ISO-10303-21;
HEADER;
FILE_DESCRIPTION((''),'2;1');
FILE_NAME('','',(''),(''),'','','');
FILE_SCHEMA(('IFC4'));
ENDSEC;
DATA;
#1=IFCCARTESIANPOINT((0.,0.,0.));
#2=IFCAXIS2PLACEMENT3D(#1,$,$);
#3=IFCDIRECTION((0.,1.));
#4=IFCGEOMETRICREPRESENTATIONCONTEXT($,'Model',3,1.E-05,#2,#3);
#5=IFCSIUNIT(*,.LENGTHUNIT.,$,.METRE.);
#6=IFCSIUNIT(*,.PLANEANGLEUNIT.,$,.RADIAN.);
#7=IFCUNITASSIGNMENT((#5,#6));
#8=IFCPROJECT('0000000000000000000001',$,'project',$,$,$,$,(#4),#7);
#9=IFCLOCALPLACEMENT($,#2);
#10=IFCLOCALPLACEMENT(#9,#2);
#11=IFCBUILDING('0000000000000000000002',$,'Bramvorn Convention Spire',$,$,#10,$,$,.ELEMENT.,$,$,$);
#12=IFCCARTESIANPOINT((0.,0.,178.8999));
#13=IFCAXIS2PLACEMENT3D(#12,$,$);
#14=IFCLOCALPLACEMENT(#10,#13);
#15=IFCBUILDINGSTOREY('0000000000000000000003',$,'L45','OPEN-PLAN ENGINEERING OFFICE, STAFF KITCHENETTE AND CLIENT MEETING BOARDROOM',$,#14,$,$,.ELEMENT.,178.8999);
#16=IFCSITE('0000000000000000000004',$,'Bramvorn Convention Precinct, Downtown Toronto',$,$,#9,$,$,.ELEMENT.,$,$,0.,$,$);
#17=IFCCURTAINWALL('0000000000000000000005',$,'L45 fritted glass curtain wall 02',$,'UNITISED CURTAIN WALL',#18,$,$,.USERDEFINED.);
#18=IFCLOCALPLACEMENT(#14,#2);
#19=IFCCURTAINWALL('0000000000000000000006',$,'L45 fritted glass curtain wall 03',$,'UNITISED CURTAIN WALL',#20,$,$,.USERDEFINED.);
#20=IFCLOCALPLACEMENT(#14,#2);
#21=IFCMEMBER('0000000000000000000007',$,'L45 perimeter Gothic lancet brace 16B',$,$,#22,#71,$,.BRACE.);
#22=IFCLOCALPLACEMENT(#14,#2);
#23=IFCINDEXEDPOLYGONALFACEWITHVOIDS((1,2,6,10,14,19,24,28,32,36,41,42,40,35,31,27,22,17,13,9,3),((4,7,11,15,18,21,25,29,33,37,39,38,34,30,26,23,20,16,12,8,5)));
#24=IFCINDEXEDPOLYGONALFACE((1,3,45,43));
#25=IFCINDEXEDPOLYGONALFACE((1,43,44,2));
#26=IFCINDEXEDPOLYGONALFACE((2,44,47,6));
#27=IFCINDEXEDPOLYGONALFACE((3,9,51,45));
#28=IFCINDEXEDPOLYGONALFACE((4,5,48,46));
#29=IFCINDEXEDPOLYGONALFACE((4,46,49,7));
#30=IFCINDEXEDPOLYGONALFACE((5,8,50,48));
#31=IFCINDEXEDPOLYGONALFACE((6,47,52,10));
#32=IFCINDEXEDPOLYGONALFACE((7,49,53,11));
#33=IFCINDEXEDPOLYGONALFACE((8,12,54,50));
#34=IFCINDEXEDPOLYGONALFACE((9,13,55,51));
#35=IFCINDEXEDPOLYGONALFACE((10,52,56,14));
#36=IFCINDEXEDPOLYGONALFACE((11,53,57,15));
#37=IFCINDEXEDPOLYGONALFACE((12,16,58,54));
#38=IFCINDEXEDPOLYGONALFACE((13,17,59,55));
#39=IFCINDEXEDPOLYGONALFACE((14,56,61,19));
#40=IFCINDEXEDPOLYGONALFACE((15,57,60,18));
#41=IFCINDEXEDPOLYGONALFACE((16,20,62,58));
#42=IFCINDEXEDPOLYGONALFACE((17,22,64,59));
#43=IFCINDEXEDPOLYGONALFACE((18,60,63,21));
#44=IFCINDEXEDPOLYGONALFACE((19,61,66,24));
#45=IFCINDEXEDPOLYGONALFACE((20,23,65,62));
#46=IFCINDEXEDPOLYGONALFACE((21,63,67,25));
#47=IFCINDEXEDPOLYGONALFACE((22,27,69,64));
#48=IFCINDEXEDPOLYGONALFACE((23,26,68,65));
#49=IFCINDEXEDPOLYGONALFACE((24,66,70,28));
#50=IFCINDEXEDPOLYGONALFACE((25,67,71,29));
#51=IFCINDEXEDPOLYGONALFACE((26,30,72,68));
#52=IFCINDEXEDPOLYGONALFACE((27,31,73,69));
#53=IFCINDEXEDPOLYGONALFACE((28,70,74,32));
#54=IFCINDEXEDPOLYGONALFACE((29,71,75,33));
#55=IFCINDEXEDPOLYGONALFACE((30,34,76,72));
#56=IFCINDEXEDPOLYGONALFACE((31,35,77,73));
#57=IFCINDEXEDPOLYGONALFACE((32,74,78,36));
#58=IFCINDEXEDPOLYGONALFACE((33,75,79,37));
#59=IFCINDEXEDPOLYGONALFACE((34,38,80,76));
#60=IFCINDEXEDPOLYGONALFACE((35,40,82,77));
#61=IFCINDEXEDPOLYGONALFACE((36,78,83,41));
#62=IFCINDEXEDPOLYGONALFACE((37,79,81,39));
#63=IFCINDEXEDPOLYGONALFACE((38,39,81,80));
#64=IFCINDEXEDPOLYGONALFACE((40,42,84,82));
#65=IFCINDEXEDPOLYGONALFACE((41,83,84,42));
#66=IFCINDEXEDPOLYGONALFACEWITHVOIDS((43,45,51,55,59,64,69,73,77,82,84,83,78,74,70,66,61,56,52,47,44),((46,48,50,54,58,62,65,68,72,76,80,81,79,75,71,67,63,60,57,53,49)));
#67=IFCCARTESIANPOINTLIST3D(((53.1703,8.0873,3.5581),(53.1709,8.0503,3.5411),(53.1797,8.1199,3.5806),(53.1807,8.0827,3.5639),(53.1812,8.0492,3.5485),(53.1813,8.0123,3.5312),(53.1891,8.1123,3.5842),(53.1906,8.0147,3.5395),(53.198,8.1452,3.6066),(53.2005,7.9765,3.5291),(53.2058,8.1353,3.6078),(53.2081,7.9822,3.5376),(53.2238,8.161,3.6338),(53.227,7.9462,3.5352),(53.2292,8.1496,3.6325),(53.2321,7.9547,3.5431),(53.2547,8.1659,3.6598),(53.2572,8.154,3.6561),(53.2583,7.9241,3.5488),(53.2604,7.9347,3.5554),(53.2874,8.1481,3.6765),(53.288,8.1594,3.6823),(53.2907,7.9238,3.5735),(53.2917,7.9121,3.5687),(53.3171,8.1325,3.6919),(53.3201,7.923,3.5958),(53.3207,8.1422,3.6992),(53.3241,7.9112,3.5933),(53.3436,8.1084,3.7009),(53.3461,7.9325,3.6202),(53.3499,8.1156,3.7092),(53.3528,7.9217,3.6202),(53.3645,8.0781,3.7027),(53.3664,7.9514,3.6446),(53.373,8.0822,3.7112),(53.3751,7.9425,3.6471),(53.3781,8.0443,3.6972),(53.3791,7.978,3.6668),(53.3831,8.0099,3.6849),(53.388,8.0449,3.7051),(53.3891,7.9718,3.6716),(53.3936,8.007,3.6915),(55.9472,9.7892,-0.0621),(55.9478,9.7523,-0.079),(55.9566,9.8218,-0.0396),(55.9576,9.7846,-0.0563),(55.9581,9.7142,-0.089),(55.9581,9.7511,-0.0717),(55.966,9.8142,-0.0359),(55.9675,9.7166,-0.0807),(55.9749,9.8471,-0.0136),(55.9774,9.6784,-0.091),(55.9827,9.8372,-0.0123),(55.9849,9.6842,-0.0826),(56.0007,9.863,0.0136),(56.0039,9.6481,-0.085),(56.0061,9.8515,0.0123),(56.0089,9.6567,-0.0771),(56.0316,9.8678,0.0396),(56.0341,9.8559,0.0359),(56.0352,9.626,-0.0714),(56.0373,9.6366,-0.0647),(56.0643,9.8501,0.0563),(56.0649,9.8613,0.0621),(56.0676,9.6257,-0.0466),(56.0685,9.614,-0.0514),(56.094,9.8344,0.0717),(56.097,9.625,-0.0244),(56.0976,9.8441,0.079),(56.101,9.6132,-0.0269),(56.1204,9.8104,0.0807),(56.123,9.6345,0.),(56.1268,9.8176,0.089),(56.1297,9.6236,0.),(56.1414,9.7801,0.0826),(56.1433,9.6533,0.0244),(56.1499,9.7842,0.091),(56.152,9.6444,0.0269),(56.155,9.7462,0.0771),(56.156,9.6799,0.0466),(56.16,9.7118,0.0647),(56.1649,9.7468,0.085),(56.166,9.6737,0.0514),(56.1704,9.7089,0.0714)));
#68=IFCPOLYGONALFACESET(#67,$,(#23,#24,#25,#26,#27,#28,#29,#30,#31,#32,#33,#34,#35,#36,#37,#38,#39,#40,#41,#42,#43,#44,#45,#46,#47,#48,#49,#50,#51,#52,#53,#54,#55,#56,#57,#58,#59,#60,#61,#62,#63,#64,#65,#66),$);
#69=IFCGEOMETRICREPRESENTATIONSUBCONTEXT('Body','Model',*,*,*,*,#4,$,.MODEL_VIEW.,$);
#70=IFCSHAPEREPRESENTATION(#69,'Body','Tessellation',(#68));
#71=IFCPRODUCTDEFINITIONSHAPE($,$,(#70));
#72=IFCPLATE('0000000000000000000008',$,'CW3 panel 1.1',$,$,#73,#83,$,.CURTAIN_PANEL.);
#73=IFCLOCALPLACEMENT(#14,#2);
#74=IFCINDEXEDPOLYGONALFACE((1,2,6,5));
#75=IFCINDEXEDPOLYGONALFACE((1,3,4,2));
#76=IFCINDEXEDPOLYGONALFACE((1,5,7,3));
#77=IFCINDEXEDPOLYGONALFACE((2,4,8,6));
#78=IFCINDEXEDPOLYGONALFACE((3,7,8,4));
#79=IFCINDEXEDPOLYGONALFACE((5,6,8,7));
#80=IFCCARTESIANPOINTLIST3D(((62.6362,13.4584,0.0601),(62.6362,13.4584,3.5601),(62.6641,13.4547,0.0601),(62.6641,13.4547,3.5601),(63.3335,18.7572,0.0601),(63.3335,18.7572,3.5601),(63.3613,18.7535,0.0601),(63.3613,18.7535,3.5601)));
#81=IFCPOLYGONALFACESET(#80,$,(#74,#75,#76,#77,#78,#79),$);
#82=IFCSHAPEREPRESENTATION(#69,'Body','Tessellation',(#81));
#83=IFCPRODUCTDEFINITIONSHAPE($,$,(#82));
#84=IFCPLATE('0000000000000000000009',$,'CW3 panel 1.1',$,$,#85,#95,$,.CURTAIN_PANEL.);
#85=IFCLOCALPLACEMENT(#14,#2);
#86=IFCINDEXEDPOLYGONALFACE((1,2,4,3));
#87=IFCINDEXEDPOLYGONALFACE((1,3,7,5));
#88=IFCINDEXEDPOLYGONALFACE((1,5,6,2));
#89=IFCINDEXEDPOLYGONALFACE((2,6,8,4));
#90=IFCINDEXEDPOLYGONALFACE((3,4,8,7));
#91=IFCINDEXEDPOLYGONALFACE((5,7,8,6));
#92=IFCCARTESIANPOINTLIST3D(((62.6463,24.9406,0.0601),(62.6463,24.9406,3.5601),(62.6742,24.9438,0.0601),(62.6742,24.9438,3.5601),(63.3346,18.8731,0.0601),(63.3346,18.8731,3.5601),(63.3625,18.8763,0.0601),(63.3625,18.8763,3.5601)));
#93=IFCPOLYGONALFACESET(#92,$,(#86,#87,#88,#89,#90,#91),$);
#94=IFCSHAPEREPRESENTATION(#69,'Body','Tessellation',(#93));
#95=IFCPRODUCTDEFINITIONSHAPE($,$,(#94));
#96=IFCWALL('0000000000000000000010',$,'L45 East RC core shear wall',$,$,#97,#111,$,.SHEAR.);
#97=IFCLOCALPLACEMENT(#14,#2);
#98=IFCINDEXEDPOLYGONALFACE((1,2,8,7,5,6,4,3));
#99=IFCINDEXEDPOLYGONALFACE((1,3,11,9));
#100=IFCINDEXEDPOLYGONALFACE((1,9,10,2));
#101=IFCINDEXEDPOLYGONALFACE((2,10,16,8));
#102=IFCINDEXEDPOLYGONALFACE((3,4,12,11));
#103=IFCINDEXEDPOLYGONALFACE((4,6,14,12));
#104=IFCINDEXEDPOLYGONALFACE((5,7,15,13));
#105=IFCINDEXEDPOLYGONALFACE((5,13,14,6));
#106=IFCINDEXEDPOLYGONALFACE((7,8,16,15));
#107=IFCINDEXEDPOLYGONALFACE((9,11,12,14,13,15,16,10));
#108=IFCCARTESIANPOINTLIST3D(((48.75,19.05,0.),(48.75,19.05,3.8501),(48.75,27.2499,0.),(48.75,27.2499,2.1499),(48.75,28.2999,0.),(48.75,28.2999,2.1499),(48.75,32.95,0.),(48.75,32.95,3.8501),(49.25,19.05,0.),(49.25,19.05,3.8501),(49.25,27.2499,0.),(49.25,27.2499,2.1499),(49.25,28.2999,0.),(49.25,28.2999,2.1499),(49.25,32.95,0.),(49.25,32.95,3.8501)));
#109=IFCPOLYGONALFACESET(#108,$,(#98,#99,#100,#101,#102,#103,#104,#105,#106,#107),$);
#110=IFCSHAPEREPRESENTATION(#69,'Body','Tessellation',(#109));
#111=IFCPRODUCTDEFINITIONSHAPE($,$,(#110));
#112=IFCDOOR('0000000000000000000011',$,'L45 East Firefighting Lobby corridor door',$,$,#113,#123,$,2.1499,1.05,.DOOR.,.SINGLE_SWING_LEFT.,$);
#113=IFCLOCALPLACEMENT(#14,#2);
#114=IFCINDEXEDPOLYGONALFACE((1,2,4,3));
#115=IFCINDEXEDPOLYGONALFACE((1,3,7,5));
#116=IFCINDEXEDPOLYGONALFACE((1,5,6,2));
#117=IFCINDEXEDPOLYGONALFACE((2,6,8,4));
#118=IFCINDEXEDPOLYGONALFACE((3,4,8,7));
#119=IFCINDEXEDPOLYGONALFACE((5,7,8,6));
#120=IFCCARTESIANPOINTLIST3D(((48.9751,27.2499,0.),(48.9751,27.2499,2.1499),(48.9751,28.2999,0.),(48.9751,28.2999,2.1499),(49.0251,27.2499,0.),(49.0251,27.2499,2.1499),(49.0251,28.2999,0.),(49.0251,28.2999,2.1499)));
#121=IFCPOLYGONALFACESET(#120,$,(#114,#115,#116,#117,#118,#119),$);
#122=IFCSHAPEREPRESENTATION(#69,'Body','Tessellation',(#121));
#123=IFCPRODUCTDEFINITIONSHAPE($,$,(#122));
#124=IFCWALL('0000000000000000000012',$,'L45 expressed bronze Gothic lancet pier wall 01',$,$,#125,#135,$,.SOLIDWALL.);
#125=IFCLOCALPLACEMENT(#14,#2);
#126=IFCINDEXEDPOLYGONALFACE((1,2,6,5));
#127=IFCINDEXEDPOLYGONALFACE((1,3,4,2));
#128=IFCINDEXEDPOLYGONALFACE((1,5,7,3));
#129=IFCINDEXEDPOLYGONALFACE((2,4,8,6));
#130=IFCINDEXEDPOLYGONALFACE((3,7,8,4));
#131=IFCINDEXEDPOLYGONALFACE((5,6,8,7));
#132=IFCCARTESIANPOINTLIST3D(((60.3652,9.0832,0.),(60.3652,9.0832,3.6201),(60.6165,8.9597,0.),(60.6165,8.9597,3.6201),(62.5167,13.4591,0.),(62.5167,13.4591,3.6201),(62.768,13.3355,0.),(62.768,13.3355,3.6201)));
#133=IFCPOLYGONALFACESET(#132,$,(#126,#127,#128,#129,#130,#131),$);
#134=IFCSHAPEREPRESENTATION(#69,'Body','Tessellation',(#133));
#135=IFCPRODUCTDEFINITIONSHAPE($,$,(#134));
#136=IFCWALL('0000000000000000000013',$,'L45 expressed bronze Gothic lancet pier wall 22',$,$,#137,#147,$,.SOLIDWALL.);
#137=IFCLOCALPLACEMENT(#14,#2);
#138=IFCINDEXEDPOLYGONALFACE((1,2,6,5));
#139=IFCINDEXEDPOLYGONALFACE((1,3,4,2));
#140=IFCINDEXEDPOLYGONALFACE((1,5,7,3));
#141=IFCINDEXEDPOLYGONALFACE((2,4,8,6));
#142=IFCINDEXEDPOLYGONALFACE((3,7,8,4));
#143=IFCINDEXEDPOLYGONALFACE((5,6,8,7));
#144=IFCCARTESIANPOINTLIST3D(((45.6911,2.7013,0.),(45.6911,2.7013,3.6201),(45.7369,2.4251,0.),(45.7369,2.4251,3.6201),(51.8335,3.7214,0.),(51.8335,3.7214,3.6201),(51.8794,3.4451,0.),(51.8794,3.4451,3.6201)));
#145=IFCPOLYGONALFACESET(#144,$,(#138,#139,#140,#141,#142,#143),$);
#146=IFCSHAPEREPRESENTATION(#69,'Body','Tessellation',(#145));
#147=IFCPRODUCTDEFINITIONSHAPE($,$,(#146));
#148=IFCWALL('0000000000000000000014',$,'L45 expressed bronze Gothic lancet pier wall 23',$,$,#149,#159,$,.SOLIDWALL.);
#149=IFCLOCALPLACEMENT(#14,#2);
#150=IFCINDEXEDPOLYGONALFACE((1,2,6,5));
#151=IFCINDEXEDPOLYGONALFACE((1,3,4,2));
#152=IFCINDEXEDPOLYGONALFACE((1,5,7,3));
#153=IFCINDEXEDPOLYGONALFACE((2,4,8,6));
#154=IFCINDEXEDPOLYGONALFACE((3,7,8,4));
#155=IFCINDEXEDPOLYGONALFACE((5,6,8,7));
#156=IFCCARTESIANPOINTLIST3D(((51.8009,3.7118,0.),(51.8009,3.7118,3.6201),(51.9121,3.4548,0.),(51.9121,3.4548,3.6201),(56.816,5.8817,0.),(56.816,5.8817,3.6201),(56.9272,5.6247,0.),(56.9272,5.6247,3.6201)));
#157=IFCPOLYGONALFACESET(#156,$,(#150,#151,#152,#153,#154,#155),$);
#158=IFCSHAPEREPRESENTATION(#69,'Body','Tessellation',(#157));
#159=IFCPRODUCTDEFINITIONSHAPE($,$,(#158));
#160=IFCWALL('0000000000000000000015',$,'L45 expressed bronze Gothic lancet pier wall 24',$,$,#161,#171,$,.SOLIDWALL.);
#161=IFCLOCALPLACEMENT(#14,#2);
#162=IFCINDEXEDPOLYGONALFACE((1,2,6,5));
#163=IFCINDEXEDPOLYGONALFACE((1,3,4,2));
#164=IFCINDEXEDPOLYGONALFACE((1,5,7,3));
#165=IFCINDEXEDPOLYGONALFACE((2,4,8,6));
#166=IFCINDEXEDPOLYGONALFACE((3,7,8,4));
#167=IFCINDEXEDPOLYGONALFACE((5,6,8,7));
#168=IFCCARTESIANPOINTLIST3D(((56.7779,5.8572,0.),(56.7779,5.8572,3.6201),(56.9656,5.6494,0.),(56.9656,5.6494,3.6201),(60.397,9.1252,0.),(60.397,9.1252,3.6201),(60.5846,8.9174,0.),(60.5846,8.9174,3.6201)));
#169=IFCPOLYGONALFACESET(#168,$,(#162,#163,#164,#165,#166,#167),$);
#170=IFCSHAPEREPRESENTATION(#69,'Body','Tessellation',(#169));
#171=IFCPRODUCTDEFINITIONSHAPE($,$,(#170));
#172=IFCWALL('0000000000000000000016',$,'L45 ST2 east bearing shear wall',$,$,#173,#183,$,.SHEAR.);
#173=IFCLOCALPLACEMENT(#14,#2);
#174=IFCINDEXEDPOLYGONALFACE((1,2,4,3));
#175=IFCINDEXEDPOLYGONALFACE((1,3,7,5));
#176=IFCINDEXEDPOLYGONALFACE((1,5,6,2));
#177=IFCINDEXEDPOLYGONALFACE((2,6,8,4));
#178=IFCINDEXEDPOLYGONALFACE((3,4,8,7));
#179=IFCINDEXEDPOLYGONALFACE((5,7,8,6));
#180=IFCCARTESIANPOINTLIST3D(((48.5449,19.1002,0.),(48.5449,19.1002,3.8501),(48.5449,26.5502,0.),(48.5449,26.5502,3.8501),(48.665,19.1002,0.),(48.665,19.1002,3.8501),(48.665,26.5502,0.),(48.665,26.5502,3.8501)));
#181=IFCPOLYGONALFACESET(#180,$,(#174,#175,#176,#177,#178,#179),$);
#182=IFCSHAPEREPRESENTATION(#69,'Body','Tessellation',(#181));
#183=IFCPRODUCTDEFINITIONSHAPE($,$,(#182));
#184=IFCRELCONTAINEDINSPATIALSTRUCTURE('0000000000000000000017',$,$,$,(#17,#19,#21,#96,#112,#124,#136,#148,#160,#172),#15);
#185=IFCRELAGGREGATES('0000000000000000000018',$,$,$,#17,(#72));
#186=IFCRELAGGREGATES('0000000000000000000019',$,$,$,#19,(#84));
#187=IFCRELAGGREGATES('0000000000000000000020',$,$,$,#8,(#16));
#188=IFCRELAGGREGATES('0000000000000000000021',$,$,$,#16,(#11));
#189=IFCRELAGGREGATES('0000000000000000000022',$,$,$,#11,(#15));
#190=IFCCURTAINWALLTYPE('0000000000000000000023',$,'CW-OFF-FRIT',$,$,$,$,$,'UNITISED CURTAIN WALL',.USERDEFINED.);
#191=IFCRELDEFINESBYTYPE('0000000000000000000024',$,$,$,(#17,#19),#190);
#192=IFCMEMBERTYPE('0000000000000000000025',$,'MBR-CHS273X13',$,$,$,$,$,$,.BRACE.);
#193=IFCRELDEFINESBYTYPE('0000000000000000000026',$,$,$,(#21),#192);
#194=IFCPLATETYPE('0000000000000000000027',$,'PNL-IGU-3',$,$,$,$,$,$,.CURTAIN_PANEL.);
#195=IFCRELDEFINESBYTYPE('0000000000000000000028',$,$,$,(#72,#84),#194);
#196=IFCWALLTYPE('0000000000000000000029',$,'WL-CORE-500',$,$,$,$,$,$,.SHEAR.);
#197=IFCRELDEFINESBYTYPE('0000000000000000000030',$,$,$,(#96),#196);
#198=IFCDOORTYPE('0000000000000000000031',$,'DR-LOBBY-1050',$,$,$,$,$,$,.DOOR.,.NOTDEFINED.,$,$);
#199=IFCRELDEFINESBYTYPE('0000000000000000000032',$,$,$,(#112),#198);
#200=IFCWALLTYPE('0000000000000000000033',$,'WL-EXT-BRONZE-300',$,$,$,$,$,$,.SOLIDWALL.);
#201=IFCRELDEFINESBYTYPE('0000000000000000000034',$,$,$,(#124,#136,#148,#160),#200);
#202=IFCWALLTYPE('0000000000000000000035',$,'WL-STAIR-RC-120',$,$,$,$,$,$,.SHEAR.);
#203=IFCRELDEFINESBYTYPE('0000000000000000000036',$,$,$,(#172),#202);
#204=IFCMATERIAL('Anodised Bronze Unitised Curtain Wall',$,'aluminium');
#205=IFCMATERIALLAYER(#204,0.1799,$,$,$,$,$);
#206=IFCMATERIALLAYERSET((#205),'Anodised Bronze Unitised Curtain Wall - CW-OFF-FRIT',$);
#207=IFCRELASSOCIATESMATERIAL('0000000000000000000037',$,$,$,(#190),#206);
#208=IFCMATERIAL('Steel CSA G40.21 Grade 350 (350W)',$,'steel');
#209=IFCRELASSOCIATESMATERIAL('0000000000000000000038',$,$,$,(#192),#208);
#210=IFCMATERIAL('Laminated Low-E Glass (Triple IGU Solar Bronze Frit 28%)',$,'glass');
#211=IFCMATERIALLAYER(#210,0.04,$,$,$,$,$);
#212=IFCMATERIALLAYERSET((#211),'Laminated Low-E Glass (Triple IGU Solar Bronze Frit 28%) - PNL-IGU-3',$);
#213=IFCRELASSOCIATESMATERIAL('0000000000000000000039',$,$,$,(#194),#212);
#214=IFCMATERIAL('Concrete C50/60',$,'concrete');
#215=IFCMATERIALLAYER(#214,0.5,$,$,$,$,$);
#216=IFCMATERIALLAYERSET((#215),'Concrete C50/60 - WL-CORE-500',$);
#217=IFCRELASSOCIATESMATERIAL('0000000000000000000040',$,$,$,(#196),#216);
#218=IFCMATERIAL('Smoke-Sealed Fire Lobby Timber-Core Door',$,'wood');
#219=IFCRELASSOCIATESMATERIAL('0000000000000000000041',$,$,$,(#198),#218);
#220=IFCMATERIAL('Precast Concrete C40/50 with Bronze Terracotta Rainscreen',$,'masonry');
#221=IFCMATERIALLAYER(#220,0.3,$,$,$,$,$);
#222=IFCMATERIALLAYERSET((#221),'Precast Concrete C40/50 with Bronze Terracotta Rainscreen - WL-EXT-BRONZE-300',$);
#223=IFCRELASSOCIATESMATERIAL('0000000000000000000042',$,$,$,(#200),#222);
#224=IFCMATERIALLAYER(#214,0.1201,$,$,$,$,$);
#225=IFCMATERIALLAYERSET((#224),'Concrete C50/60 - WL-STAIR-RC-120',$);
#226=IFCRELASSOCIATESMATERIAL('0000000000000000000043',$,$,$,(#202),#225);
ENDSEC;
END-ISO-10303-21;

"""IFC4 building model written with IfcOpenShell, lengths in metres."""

from ifc_helpers import new_model, si_unit, direction, frame, frame_2d, origin, origin_2d, place, context, subcontext, project, spatial, rectangle, hollow_circle, extrude, material, layer, layer_set, material_profile, profile_set, type_object, element, fill, aggregate, save


model = new_model("IFC4")

# Units and contexts
model_context = context("Model", 3, precision=1e-05, world=origin(), true_north=direction((0.0, 1.0)))
body_context = subcontext(model_context, "Body", "Model", "MODEL_VIEW")
ifc_project = project(units=[si_unit("LENGTHUNIT", "METRE"), si_unit("PLANEANGLEUNIT", "RADIAN")], contexts=[model_context])

# Site, building, storey
site_placement = place(None, origin())
site = spatial("IfcSite", under=ifc_project, at=site_placement, Name="Bramvorn Convention Precinct, Downtown Toronto", CompositionType="ELEMENT", RefElevation=0.0)
building_placement = place(site_placement, origin())
building = spatial("IfcBuilding", under=site, at=building_placement, Name="Bramvorn Convention Spire", CompositionType="ELEMENT")
storey_placement = place(building_placement, frame((0.0, 0.0, 178.8999)))
storey = spatial("IfcBuildingStorey", under=building, at=storey_placement, Name="L45", Description="OPEN-PLAN ENGINEERING OFFICE, STAFF KITCHENETTE AND CLIENT MEETING BOARDROOM", CompositionType="ELEMENT", Elevation=178.8999)

# Shared definitions
ifc_material_1 = material(Name="Steel CSA G40.21 Grade 350 (350W)", Category="steel")

# Curtain wall
ifc_material_2 = material(Name="Anodised Bronze Unitised Curtain Wall", Category="aluminium")
ifc_layer_1 = layer(ifc_material_2, 0.1799)
ifc_layer_set_1 = layer_set([ifc_layer_1], Name="Anodised Bronze Unitised Curtain Wall - CW-OFF-FRIT")
curtain_wall_type = type_object("IfcCurtainWallType", Name="CW-OFF-FRIT", ElementType="UNITISED CURTAIN WALL", PredefinedType="USERDEFINED", material=ifc_layer_set_1)
curtain_wall_1_placement = place(storey_placement, origin())
curtain_wall_1 = element("IfcCurtainWall", 1, at=curtain_wall_1_placement, inside=storey, type_object=curtain_wall_type, Name="L45 fritted glass curtain wall 02", ObjectType="UNITISED CURTAIN WALL", PredefinedType="USERDEFINED")

# Curtain wall
curtain_wall_2_placement = place(storey_placement, origin())
curtain_wall_2 = element("IfcCurtainWall", 2, at=curtain_wall_2_placement, inside=storey, type_object=curtain_wall_type, Name="L45 fritted glass curtain wall 03", ObjectType="UNITISED CURTAIN WALL", PredefinedType="USERDEFINED")

# Member
ifc_material_profile_1 = material_profile(ifc_material_1, hollow_circle(Radius=0.1365, WallThickness=0.0127, at=origin_2d()))
ifc_profile_set_1 = profile_set([ifc_material_profile_1], Name="Steel CSA G40.21 Grade 350 (350W) - CHS273X13")
member_type_1 = type_object("IfcMemberType", Name="MBR-CHS273X13", PredefinedType="BRACE", material=ifc_profile_set_1)
for number, where, z_axis, x_axis, name in (
    (3, (56.0583, 9.74, 0.0), (-0.570247, -0.349498, 0.743417), (0.522553, -0.852607, 0.0), "L45 perimeter Gothic lancet brace 16B"),
):
    element("IfcMember", number, at=place(storey_placement, frame(where, z_axis=z_axis, x_axis=x_axis)), inside=storey, type_object=member_type_1, Name=name, PredefinedType="BRACE", context=body_context, shape_type="SweptSolid", body=[
        extrude(hollow_circle(Radius=0.1365, WallThickness=0.0127, at=origin_2d()), origin(), (0.0, 0.0, 1.0), 4.8696),
    ])

# Plates
ifc_material_3 = material(Name="Laminated Low-E Glass (Triple IGU Solar Bronze Frit 28%)", Category="glass")
ifc_layer_2 = layer(ifc_material_3, 0.04)
ifc_layer_set_2 = layer_set([ifc_layer_2], Name="Laminated Low-E Glass (Triple IGU Solar Bronze Frit 28%) - PNL-IGU-3")
plate_type = type_object("IfcPlateType", Name="PNL-IGU-3", PredefinedType="CURTAIN_PANEL", material=ifc_layer_set_2)
plate_1_placement = place(storey_placement, frame((62.9988, 16.106, 0.0601), z_axis=(0.0, 0.0, 1.0), x_axis=(-0.130458, -0.991454, 0.0)))
plate_1 = element("IfcPlate", 4, at=plate_1_placement, type_object=plate_type, Name="CW3 panel 1.1", PredefinedType="CURTAIN_PANEL", context=body_context, shape_type="SweptSolid", body=[
    extrude(rectangle(XDim=5.3445, YDim=0.0281, at=origin_2d()), origin(), (0.0, 0.0, 1.0), 3.5),
])
aggregate(curtain_wall_1, [plate_1])
plate_2_placement = place(storey_placement, frame((63.0044, 21.9084, 0.0601), z_axis=(0.0, 0.0, 1.0), x_axis=(0.112714, -0.993627, 0.0)))
plate_2 = element("IfcPlate", 5, at=plate_2_placement, type_object=plate_type, Name="CW3 panel 1.1", PredefinedType="CURTAIN_PANEL", context=body_context, shape_type="SweptSolid", body=[
    extrude(rectangle(XDim=6.1064, YDim=0.0281, at=origin_2d()), origin(), (0.0, 0.0, 1.0), 3.5),
])
aggregate(curtain_wall_2, [plate_2])

# Wall, opening, door
ifc_material_4 = material(Name="Concrete C50/60", Category="concrete")
ifc_layer_3 = layer(ifc_material_4, 0.5)
ifc_layer_set_3 = layer_set([ifc_layer_3], Name="Concrete C50/60 - WL-CORE-500")
wall_type_1 = type_object("IfcWallType", Name="WL-CORE-500", PredefinedType="SHEAR", material=ifc_layer_set_3)
wall_1_placement = place(storey_placement, frame((49.0, 19.05, 0.0), z_axis=(0.0, 0.0, 1.0), x_axis=(0.0, 1.0, 0.0)))
wall_1 = element("IfcWall", 6, at=wall_1_placement, inside=storey, type_object=wall_type_1, Name="L45 East RC core shear wall", PredefinedType="SHEAR", context=body_context, shape_type="SweptSolid", body=[
    extrude(rectangle(XDim=13.8999, YDim=0.5, at=frame_2d((6.95, 0.0))), origin(), (0.0, 0.0, 1.0), 3.8501),
])
opening_placement = place(wall_1_placement, frame((8.2, 0.0, 0.0)))
opening = element("IfcOpeningElement", 7, at=opening_placement, cuts=wall_1, PredefinedType="OPENING", context=body_context, shape_type="SweptSolid", body=[
    extrude(rectangle(XDim=1.05, YDim=2.1499, at=frame_2d((0.5249, 1.075))), frame((0.0, 0.26, 0.0), z_axis=(0.0, -1.0, 0.0), x_axis=(1.0, 0.0, 0.0)), (0.0, 0.0, 1.0), 0.52),
])
ifc_material_5 = material(Name="Smoke-Sealed Fire Lobby Timber-Core Door", Category="wood")
door_type = type_object("IfcDoorType", Name="DR-LOBBY-1050", OperationType="NOTDEFINED", PredefinedType="DOOR", material=ifc_material_5)
door_placement = place(opening_placement, origin())
door = element("IfcDoor", 8, at=door_placement, inside=storey, type_object=door_type, Name="L45 East Firefighting Lobby corridor door", OperationType="SINGLE_SWING_LEFT", OverallHeight=2.1499, OverallWidth=1.05, PredefinedType="DOOR", context=body_context, shape_type="SweptSolid", body=[
    extrude(rectangle(XDim=1.05, YDim=2.1499, at=frame_2d((0.5249, 1.075))), frame((0.0, 0.0249, 0.0), z_axis=(0.0, -1.0, 0.0), x_axis=(1.0, 0.0, 0.0)), (0.0, 0.0, 1.0), 0.05),
])
fill(opening, door)

# Walls
ifc_material_6 = material(Name="Precast Concrete C40/50 with Bronze Terracotta Rainscreen", Category="masonry")
ifc_layer_4 = layer(ifc_material_6, 0.3)
ifc_layer_set_4 = layer_set([ifc_layer_4], Name="Precast Concrete C40/50 with Bronze Terracotta Rainscreen - WL-EXT-BRONZE-300")
wall_type_2 = type_object("IfcWallType", Name="WL-EXT-BRONZE-300", PredefinedType="SOLIDWALL", material=ifc_layer_set_4)
wall_2_placement = place(storey_placement, frame((62.6423, 13.3972, 0.0), z_axis=(0.0, 0.0, 1.0), x_axis=(-0.441236, -0.897391, 0.0)))
element("IfcWall", 9, at=wall_2_placement, inside=storey, type_object=wall_type_2, Name="L45 expressed bronze Gothic lancet pier wall 01", PredefinedType="SOLIDWALL", context=body_context, shape_type="SweptSolid", body=[
    extrude(rectangle(XDim=4.8762, YDim=0.28, at=frame_2d((2.438, 0.0))), origin(), (0.0, 0.0, 1.0), 3.6201),
])
wall_3_placement = place(storey_placement, frame((51.8564, 3.5833, 0.0), z_axis=(0.0, 0.0, 1.0), x_axis=(-0.98649, -0.16382, 0.0)))
element("IfcWall", 10, at=wall_3_placement, inside=storey, type_object=wall_type_2, Name="L45 expressed bronze Gothic lancet pier wall 22", PredefinedType="SOLIDWALL", context=body_context, shape_type="SweptSolid", body=[
    extrude(rectangle(XDim=6.2266, YDim=0.28, at=frame_2d((3.1133, 0.0))), origin(), (0.0, 0.0, 1.0), 3.6201),
])
wall_4_placement = place(storey_placement, frame((56.8716, 5.7532, 0.0), z_axis=(0.0, 0.0, 1.0), x_axis=(-0.917776, -0.397098, 0.0)))
element("IfcWall", 11, at=wall_4_placement, inside=storey, type_object=wall_type_2, Name="L45 expressed bronze Gothic lancet pier wall 23", PredefinedType="SOLIDWALL", context=body_context, shape_type="SweptSolid", body=[
    extrude(rectangle(XDim=5.4644, YDim=0.28, at=frame_2d((2.7322, 0.0))), origin(), (0.0, 0.0, 1.0), 3.6201),
])
wall_5_placement = place(storey_placement, frame((60.4907, 9.0212, 0.0), z_axis=(0.0, 0.0, 1.0), x_axis=(-0.742188, -0.670192, 0.0)))
element("IfcWall", 12, at=wall_5_placement, inside=storey, type_object=wall_type_2, Name="L45 expressed bronze Gothic lancet pier wall 24", PredefinedType="SOLIDWALL", context=body_context, shape_type="SweptSolid", body=[
    extrude(rectangle(XDim=4.8762, YDim=0.28, at=frame_2d((2.438, 0.0))), origin(), (0.0, 0.0, 1.0), 3.6201),
])
ifc_layer_5 = layer(ifc_material_4, 0.1201)
ifc_layer_set_5 = layer_set([ifc_layer_5], Name="Concrete C50/60 - WL-STAIR-RC-120")
wall_type_3 = type_object("IfcWallType", Name="WL-STAIR-RC-120", PredefinedType="SHEAR", material=ifc_layer_set_5)
wall_6_placement = place(storey_placement, frame((48.605, 19.1001, 0.0), z_axis=(0.0, 0.0, 1.0), x_axis=(0.0, 1.0, 0.0)))
element("IfcWall", 13, at=wall_6_placement, inside=storey, type_object=wall_type_3, Name="L45 ST2 east bearing shear wall", PredefinedType="SHEAR", context=body_context, shape_type="SweptSolid", body=[
    extrude(rectangle(XDim=7.45, YDim=0.1201, at=frame_2d((3.7251, 0.0))), origin(), (0.0, 0.0, 1.0), 3.8501),
])

save(model, "model.ifc")
